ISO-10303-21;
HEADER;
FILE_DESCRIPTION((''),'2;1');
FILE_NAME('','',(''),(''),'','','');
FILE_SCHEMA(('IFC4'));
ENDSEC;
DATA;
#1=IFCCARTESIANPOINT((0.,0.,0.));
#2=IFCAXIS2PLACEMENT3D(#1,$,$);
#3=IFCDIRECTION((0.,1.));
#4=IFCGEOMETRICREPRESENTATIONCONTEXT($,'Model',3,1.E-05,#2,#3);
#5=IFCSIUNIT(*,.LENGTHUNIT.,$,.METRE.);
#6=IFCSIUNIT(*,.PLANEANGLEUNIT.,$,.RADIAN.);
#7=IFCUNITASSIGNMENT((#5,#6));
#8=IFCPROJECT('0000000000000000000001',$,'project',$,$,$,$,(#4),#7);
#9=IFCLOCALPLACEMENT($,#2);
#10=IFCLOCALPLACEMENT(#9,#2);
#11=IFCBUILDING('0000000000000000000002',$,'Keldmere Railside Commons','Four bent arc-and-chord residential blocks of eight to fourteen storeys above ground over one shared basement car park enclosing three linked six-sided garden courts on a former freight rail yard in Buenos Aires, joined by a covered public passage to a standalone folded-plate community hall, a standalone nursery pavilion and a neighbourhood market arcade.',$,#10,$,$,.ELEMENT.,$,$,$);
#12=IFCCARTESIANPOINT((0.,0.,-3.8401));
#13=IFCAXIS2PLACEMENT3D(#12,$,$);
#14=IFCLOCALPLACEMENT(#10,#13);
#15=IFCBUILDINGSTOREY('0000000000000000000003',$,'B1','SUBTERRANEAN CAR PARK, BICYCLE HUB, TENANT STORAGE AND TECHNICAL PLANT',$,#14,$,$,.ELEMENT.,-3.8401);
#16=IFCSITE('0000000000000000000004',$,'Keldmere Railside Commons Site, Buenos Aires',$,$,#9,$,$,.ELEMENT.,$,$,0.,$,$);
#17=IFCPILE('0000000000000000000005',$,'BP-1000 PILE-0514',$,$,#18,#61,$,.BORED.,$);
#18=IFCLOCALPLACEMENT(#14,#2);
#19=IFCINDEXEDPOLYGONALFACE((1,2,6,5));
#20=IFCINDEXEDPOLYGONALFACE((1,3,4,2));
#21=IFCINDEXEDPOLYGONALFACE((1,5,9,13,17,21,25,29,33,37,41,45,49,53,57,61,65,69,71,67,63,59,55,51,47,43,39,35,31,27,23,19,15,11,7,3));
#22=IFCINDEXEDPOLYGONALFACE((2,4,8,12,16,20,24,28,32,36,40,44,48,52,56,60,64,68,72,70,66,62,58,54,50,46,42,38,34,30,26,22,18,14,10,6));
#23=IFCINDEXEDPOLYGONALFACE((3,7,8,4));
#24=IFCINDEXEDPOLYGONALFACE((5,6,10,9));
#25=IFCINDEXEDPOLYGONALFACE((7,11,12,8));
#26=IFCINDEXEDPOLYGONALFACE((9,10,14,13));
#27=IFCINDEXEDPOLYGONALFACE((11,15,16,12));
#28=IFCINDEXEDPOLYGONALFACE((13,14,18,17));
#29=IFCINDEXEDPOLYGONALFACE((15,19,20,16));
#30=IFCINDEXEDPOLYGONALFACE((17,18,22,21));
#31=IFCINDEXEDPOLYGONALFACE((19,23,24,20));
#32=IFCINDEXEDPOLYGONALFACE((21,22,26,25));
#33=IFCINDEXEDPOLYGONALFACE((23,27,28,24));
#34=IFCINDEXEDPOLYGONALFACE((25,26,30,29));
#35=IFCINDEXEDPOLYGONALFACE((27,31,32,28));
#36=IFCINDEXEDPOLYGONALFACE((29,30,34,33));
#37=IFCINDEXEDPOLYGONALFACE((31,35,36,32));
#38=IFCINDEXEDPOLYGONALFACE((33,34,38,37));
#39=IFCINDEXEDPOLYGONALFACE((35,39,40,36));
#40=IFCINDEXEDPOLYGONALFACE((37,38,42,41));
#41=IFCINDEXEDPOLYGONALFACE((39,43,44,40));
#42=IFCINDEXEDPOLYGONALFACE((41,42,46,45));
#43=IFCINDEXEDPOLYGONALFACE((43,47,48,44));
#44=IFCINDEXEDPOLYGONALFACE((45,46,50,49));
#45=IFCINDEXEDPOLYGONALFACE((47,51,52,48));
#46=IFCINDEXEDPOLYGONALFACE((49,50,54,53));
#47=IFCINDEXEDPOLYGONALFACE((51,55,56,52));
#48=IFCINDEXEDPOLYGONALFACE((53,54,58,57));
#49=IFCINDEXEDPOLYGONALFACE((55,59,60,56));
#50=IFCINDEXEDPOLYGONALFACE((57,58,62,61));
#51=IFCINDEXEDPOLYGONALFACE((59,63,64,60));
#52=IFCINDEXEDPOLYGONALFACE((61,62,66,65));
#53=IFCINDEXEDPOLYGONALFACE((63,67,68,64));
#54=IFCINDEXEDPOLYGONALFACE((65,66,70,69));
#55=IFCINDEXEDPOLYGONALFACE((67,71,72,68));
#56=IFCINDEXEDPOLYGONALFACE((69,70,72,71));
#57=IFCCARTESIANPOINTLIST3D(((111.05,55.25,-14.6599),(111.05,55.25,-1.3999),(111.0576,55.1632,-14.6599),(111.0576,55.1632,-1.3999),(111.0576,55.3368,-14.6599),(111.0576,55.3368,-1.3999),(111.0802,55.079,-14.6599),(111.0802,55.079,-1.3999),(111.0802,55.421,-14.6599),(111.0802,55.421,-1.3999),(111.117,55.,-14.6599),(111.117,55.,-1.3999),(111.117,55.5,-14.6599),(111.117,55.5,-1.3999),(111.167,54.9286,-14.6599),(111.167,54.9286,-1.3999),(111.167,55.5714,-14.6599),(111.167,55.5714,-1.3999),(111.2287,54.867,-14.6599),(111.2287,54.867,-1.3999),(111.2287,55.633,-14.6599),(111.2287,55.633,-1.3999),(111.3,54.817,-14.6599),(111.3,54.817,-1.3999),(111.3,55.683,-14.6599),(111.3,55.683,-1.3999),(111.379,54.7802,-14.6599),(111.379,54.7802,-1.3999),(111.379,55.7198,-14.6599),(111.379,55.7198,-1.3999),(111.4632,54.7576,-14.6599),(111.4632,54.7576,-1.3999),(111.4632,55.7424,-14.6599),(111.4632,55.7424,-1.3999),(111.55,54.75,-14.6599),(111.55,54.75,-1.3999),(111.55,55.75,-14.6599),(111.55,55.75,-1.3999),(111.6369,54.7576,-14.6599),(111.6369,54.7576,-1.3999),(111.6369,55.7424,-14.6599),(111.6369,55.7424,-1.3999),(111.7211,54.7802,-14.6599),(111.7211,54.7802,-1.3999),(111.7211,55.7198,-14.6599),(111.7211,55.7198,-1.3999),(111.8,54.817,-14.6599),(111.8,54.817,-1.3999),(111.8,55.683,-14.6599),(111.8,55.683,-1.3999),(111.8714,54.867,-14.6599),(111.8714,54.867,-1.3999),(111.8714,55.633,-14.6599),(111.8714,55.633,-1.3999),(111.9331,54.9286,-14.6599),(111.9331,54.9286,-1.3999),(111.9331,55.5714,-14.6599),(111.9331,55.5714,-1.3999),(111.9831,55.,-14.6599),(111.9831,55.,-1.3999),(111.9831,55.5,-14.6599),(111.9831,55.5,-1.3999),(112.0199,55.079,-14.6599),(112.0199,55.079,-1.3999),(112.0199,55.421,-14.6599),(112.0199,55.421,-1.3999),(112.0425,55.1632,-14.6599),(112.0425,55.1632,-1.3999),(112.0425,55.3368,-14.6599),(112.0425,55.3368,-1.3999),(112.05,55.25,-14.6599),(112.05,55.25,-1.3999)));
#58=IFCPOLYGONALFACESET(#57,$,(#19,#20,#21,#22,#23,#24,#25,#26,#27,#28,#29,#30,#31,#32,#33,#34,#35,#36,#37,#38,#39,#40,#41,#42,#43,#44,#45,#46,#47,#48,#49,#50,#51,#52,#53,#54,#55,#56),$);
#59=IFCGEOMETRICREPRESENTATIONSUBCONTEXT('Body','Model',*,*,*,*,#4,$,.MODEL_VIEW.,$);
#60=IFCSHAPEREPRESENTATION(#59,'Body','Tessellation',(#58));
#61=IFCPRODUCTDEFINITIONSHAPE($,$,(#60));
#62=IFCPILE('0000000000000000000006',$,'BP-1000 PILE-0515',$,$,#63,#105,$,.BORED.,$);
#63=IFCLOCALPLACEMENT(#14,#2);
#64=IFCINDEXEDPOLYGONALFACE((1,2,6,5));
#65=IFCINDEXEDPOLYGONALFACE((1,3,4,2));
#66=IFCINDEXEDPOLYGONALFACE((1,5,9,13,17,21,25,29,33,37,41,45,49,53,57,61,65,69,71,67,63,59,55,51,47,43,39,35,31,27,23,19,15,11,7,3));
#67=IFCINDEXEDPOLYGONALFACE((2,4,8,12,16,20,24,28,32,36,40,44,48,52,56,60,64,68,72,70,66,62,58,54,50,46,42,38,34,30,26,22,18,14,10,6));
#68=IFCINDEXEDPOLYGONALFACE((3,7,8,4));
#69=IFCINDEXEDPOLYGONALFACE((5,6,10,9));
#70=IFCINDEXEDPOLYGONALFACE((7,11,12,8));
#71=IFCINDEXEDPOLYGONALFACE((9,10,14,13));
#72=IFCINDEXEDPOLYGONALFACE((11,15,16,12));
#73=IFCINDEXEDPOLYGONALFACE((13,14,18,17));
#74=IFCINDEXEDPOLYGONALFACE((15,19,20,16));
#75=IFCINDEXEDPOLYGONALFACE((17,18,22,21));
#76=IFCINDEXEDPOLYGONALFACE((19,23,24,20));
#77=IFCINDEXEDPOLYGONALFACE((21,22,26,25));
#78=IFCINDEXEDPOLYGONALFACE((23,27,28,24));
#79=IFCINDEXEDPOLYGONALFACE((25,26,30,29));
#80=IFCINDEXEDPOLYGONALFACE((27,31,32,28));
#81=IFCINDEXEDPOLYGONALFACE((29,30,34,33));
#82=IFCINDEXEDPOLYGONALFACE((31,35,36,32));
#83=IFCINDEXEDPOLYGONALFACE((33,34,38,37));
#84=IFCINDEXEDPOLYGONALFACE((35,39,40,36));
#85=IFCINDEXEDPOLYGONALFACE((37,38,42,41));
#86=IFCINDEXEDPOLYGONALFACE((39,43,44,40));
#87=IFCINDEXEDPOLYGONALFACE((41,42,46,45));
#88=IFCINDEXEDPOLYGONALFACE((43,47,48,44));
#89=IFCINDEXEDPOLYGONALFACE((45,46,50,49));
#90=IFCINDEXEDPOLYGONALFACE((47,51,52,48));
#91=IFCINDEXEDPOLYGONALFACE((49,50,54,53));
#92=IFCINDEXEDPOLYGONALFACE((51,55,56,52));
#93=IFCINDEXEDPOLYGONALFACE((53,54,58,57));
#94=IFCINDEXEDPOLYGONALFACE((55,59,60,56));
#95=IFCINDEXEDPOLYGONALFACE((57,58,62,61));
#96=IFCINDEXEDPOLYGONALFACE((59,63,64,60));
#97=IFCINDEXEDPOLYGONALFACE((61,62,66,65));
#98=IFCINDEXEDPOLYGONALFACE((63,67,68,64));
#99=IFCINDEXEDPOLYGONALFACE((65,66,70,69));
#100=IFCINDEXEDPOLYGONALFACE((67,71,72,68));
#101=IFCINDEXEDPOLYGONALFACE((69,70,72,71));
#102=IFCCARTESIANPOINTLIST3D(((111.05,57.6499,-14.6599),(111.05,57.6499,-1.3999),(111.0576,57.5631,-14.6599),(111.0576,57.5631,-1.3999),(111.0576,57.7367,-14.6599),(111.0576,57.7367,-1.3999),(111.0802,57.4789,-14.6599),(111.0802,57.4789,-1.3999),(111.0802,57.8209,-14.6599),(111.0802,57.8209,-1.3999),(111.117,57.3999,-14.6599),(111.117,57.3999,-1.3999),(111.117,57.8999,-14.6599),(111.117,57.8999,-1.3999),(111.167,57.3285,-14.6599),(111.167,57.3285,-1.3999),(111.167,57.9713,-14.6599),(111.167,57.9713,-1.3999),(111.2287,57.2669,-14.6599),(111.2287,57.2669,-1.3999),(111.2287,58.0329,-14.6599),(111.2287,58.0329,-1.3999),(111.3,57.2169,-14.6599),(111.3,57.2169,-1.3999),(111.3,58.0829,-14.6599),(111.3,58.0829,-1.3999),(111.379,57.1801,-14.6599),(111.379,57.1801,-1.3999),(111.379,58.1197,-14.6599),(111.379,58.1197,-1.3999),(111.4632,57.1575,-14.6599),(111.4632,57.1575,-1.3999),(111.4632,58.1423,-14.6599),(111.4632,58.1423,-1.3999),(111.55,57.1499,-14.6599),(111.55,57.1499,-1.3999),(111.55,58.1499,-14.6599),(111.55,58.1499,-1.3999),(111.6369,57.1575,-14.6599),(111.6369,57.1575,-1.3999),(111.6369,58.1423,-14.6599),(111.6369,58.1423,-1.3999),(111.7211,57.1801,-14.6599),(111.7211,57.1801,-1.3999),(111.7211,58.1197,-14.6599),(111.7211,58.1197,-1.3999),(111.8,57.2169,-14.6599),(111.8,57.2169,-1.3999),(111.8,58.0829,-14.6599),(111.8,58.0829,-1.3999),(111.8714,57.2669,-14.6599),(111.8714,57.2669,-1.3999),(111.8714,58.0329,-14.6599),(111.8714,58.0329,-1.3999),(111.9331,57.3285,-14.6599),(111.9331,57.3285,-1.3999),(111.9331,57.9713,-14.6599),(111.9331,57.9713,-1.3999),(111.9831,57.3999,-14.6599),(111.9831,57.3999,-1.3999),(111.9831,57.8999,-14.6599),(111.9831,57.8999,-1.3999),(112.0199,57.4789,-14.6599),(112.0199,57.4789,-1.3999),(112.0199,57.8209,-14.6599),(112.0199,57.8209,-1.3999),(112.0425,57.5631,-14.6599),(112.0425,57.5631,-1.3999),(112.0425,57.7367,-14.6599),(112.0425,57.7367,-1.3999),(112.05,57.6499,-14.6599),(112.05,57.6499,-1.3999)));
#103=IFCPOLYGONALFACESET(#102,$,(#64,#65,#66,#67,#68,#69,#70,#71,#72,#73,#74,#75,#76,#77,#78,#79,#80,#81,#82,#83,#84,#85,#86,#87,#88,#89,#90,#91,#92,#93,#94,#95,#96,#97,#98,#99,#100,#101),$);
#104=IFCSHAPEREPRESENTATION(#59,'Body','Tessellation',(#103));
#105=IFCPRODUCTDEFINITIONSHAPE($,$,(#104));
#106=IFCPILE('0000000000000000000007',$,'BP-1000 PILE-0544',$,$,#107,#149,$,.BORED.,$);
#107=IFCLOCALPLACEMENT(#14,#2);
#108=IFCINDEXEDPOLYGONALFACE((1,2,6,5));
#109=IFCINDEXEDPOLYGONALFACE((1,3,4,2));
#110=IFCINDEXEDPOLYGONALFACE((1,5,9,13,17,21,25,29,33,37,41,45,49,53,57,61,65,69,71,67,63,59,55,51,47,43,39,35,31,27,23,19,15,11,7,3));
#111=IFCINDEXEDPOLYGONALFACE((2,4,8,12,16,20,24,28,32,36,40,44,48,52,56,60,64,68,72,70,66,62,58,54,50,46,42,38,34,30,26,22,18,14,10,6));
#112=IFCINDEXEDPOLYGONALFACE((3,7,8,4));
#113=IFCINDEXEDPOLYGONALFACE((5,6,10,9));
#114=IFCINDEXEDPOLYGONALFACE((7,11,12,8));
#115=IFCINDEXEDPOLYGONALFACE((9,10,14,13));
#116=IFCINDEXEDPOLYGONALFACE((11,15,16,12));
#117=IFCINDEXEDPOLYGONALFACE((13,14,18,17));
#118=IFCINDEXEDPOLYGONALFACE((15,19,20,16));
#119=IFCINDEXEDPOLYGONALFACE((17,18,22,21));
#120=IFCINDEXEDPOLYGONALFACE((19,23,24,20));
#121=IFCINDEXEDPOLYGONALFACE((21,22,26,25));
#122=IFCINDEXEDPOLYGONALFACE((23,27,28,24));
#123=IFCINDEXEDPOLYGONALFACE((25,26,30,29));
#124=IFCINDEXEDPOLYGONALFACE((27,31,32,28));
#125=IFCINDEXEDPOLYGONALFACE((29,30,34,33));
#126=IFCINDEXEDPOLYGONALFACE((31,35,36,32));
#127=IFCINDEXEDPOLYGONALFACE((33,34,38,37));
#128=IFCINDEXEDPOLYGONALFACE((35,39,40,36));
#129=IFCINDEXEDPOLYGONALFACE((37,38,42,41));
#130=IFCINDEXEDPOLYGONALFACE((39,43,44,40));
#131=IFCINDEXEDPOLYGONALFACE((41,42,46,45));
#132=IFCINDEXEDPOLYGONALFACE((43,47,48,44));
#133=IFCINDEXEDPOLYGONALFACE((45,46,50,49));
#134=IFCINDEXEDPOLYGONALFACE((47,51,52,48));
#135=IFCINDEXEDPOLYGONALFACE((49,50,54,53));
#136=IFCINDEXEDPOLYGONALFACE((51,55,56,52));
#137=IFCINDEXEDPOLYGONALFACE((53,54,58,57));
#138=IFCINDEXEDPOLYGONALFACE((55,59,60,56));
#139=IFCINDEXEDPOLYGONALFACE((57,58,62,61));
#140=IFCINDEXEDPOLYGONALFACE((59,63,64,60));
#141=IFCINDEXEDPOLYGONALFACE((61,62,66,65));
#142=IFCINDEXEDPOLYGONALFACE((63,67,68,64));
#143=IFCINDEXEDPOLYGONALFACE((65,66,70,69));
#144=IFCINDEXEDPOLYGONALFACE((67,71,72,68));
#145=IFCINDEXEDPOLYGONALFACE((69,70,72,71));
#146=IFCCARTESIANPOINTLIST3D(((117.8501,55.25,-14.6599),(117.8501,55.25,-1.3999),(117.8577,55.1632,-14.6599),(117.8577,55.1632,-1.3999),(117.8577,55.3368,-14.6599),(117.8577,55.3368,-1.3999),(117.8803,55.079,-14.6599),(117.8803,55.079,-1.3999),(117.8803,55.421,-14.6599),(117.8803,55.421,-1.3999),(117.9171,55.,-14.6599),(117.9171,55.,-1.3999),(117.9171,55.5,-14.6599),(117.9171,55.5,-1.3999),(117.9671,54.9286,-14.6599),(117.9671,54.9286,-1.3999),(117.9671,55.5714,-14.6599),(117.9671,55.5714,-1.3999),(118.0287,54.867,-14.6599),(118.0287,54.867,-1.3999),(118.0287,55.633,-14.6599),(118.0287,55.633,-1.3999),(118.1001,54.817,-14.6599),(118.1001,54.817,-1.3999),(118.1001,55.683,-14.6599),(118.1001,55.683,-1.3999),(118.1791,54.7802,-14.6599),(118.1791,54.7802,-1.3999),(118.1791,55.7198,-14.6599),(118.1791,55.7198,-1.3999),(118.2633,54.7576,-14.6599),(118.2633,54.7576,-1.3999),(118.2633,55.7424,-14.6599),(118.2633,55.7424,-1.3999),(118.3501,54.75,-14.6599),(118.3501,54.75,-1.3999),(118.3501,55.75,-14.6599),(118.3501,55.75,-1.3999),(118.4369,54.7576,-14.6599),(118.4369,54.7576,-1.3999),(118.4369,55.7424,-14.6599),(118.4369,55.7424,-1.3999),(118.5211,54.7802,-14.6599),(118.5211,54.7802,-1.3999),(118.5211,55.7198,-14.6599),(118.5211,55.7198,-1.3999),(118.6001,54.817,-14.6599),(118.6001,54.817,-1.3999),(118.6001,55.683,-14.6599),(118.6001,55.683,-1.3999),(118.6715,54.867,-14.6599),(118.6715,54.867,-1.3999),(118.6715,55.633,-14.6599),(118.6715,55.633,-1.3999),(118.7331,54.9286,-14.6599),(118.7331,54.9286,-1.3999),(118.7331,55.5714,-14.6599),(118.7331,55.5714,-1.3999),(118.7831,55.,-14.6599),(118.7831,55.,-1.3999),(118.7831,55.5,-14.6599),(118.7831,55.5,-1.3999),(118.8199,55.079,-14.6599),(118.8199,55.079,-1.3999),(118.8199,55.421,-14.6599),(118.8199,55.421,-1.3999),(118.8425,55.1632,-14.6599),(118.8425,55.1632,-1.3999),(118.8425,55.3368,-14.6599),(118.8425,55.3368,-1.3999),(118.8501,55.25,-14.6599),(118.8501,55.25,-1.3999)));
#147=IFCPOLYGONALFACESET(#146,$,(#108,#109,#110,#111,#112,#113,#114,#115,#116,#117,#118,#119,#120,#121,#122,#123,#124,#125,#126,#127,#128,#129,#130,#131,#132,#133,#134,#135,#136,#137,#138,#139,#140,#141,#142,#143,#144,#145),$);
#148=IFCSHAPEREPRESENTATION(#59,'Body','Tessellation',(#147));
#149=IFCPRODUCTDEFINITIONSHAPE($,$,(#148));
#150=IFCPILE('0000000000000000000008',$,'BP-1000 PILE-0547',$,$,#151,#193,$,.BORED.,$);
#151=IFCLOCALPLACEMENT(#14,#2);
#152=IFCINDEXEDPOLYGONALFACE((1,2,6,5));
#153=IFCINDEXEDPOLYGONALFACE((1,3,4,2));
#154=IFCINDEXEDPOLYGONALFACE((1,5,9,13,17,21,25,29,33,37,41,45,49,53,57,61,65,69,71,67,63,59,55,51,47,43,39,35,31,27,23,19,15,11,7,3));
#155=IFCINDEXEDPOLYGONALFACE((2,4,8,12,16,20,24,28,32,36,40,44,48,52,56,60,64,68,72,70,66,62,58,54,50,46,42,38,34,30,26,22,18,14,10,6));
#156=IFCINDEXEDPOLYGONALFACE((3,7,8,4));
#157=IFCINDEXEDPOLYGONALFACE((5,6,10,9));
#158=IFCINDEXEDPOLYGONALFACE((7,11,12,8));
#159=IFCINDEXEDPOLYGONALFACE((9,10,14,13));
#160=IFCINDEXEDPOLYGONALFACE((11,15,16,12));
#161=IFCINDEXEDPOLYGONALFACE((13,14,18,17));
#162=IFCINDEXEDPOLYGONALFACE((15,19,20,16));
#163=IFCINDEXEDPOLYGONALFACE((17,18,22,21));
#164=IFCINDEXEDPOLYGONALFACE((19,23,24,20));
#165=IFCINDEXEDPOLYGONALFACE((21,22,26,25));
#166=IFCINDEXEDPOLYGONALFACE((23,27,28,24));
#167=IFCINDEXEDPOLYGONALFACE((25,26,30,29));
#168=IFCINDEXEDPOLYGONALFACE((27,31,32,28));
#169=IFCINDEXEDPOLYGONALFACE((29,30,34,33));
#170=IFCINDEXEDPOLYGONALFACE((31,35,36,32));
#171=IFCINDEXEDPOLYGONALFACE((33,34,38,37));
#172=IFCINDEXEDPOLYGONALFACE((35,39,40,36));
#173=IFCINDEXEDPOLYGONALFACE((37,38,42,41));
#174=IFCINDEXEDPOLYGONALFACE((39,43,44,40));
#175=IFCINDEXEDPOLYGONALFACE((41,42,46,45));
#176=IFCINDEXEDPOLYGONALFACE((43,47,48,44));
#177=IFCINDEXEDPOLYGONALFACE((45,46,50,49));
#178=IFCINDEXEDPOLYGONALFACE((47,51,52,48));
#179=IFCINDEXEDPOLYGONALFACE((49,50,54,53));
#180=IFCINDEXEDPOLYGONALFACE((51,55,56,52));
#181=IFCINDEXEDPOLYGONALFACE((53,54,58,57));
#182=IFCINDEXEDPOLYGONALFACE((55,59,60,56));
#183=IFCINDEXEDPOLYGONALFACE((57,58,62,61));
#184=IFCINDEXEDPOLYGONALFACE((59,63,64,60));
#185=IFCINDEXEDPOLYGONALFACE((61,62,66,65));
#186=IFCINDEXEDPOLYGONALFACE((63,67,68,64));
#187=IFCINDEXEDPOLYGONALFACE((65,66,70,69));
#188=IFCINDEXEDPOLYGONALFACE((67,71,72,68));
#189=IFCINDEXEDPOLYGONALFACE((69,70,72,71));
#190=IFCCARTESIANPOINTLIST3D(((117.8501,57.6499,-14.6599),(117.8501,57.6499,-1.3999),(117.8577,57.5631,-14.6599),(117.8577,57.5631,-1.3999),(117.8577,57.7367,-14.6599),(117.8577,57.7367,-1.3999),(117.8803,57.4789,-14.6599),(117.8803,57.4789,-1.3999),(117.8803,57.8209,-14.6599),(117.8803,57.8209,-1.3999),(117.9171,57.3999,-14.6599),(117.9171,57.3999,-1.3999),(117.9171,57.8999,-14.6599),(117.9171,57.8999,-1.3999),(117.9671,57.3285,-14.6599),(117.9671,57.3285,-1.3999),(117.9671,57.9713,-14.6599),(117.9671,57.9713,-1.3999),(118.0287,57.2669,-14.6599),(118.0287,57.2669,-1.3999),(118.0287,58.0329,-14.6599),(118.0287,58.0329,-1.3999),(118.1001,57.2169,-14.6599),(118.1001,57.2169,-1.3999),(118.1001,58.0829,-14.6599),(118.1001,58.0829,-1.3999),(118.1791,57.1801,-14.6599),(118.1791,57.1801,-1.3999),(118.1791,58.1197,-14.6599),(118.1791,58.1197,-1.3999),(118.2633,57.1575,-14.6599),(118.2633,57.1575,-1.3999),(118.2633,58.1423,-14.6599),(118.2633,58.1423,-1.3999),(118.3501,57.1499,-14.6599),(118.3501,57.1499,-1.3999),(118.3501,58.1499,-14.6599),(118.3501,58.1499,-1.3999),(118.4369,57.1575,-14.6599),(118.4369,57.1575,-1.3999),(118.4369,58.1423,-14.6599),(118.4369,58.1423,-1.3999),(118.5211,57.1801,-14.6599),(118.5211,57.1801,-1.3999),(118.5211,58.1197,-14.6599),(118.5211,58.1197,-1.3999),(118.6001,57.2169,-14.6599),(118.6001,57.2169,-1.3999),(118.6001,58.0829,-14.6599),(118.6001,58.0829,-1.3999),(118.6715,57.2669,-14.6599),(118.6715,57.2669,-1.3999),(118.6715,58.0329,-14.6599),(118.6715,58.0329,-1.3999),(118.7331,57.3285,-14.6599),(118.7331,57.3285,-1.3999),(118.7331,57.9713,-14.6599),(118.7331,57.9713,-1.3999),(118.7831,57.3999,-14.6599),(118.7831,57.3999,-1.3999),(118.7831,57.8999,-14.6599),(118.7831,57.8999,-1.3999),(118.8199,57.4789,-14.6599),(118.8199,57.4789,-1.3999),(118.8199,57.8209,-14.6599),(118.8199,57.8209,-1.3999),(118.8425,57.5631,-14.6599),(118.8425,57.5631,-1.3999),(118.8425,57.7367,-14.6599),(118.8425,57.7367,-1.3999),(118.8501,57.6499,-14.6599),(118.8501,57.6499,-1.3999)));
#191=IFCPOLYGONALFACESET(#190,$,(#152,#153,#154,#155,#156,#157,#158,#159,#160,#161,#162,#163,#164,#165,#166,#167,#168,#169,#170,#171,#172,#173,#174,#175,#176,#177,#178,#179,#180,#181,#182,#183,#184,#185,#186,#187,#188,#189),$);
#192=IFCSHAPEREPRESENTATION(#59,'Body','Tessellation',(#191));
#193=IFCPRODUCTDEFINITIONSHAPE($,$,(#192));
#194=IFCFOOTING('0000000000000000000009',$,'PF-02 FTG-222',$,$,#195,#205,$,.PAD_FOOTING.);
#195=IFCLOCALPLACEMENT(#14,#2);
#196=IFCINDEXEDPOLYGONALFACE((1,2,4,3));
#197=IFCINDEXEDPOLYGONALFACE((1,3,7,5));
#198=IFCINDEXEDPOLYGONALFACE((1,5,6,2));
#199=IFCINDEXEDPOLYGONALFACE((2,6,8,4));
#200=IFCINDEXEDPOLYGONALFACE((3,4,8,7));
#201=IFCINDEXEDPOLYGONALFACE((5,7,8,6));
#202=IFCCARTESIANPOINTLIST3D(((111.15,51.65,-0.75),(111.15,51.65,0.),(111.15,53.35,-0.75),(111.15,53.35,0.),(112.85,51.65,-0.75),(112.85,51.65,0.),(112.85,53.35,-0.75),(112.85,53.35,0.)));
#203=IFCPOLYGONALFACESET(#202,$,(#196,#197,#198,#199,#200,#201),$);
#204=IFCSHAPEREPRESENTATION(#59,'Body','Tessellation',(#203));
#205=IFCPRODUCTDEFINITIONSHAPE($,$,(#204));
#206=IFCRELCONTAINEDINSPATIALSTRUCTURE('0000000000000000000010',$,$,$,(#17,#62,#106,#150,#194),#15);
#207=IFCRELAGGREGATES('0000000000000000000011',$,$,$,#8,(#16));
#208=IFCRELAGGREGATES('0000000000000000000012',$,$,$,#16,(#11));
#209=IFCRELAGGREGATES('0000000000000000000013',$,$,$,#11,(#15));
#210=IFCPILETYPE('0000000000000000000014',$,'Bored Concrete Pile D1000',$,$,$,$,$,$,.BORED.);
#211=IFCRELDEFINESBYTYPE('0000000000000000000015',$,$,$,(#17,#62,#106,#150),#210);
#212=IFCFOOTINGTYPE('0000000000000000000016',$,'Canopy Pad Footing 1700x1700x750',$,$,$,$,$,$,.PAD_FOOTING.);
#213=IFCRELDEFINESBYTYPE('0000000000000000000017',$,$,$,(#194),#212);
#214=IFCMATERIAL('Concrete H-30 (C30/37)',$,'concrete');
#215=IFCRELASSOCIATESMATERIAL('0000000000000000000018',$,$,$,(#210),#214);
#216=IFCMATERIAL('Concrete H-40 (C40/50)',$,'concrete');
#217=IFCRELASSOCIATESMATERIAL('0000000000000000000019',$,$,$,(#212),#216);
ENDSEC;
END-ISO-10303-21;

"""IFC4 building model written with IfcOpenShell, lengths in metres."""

from ifc_helpers import new_model, si_unit, direction, frame, origin, origin_2d, place, context, subcontext, project, spatial, rectangle, circle, extrude, material, material_profile, profile_set, type_object, element, save


model = new_model("IFC4")

# Units and contexts
model_context = context("Model", 3, precision=1e-05, world=origin(), true_north=direction((0.0, 1.0)))
body_context = subcontext(model_context, "Body", "Model", "MODEL_VIEW")
ifc_project = project(units=[si_unit("LENGTHUNIT", "METRE"), si_unit("PLANEANGLEUNIT", "RADIAN")], contexts=[model_context])

# Site, building, storey
site_placement = place(None, origin())
site = spatial("IfcSite", under=ifc_project, at=site_placement, Name="Keldmere Railside Commons Site, Buenos Aires", CompositionType="ELEMENT", RefElevation=0.0)
building_placement = place(site_placement, origin())
building = spatial("IfcBuilding", under=site, at=building_placement, Name="Keldmere Railside Commons", Description="Four bent arc-and-chord residential blocks of eight to fourteen storeys above ground over one shared basement car park enclosing three linked six-sided garden courts on a former freight rail yard in Buenos Aires, joined by a covered public passage to a standalone folded-plate community hall, a standalone nursery pavilion and a neighbourhood market arcade.", CompositionType="ELEMENT")
storey_placement = place(building_placement, frame((0.0, 0.0, -3.8401)))
storey = spatial("IfcBuildingStorey", under=building, at=storey_placement, Name="B1", Description="SUBTERRANEAN CAR PARK, BICYCLE HUB, TENANT STORAGE AND TECHNICAL PLANT", CompositionType="ELEMENT", Elevation=-3.8401)

# Piles
ifc_material_1 = material(Name="Concrete H-30 (C30/37)", Category="concrete")
ifc_material_profile_1 = material_profile(ifc_material_1, circle(Radius=0.5, at=origin_2d()), Name="PILE-D1000")
ifc_profile_set_1 = profile_set([ifc_material_profile_1], Name="Concrete H-30 (C30/37)")
pile_type = type_object("IfcPileType", Name="Bored Concrete Pile D1000", PredefinedType="BORED", material=ifc_profile_set_1)
for number, where, z_axis, x_axis, name in (
    (1, (111.55, 55.25, -1.3999), (0.0, 0.0, -1.0), (1.0, 0.0, 0.0), "BP-1000 PILE-0514"),
    (2, (111.55, 57.6499, -1.3999), (0.0, 0.0, -1.0), (1.0, 0.0, 0.0), "BP-1000 PILE-0515"),
    (3, (118.3501, 55.25, -1.3999), (0.0, 0.0, -1.0), (1.0, 0.0, 0.0), "BP-1000 PILE-0544"),
    (4, (118.3501, 57.6499, -1.3999), (0.0, 0.0, -1.0), (1.0, 0.0, 0.0), "BP-1000 PILE-0547"),
):
    element("IfcPile", number, at=place(storey_placement, frame(where, z_axis=z_axis, x_axis=x_axis)), inside=storey, type_object=pile_type, Name=name, PredefinedType="BORED", context=body_context, shape_type="SweptSolid", body=[
        extrude(circle(Radius=0.5, at=origin_2d()), origin(), (0.0, 0.0, 1.0), 13.26),
    ])

# Footing
ifc_material_2 = material(Name="Concrete H-40 (C40/50)", Category="concrete")
footing_type_1 = type_object("IfcFootingType", Name="Canopy Pad Footing 1700x1700x750", PredefinedType="PAD_FOOTING", material=ifc_material_2)
footing_1_placement = place(storey_placement, frame((112.0, 52.5, -0.75), z_axis=(0.0, 0.0, 1.0), x_axis=(1.0, 0.0, 0.0)))
element("IfcFooting", 5, at=footing_1_placement, inside=storey, type_object=footing_type_1, Name="PF-02 FTG-222", PredefinedType="PAD_FOOTING", context=body_context, shape_type="SweptSolid", body=[
    extrude(rectangle(XDim=1.7, YDim=1.7, at=origin_2d()), origin(), (0.0, 0.0, 1.0), 0.75),
])

save(model, "model.ifc")
